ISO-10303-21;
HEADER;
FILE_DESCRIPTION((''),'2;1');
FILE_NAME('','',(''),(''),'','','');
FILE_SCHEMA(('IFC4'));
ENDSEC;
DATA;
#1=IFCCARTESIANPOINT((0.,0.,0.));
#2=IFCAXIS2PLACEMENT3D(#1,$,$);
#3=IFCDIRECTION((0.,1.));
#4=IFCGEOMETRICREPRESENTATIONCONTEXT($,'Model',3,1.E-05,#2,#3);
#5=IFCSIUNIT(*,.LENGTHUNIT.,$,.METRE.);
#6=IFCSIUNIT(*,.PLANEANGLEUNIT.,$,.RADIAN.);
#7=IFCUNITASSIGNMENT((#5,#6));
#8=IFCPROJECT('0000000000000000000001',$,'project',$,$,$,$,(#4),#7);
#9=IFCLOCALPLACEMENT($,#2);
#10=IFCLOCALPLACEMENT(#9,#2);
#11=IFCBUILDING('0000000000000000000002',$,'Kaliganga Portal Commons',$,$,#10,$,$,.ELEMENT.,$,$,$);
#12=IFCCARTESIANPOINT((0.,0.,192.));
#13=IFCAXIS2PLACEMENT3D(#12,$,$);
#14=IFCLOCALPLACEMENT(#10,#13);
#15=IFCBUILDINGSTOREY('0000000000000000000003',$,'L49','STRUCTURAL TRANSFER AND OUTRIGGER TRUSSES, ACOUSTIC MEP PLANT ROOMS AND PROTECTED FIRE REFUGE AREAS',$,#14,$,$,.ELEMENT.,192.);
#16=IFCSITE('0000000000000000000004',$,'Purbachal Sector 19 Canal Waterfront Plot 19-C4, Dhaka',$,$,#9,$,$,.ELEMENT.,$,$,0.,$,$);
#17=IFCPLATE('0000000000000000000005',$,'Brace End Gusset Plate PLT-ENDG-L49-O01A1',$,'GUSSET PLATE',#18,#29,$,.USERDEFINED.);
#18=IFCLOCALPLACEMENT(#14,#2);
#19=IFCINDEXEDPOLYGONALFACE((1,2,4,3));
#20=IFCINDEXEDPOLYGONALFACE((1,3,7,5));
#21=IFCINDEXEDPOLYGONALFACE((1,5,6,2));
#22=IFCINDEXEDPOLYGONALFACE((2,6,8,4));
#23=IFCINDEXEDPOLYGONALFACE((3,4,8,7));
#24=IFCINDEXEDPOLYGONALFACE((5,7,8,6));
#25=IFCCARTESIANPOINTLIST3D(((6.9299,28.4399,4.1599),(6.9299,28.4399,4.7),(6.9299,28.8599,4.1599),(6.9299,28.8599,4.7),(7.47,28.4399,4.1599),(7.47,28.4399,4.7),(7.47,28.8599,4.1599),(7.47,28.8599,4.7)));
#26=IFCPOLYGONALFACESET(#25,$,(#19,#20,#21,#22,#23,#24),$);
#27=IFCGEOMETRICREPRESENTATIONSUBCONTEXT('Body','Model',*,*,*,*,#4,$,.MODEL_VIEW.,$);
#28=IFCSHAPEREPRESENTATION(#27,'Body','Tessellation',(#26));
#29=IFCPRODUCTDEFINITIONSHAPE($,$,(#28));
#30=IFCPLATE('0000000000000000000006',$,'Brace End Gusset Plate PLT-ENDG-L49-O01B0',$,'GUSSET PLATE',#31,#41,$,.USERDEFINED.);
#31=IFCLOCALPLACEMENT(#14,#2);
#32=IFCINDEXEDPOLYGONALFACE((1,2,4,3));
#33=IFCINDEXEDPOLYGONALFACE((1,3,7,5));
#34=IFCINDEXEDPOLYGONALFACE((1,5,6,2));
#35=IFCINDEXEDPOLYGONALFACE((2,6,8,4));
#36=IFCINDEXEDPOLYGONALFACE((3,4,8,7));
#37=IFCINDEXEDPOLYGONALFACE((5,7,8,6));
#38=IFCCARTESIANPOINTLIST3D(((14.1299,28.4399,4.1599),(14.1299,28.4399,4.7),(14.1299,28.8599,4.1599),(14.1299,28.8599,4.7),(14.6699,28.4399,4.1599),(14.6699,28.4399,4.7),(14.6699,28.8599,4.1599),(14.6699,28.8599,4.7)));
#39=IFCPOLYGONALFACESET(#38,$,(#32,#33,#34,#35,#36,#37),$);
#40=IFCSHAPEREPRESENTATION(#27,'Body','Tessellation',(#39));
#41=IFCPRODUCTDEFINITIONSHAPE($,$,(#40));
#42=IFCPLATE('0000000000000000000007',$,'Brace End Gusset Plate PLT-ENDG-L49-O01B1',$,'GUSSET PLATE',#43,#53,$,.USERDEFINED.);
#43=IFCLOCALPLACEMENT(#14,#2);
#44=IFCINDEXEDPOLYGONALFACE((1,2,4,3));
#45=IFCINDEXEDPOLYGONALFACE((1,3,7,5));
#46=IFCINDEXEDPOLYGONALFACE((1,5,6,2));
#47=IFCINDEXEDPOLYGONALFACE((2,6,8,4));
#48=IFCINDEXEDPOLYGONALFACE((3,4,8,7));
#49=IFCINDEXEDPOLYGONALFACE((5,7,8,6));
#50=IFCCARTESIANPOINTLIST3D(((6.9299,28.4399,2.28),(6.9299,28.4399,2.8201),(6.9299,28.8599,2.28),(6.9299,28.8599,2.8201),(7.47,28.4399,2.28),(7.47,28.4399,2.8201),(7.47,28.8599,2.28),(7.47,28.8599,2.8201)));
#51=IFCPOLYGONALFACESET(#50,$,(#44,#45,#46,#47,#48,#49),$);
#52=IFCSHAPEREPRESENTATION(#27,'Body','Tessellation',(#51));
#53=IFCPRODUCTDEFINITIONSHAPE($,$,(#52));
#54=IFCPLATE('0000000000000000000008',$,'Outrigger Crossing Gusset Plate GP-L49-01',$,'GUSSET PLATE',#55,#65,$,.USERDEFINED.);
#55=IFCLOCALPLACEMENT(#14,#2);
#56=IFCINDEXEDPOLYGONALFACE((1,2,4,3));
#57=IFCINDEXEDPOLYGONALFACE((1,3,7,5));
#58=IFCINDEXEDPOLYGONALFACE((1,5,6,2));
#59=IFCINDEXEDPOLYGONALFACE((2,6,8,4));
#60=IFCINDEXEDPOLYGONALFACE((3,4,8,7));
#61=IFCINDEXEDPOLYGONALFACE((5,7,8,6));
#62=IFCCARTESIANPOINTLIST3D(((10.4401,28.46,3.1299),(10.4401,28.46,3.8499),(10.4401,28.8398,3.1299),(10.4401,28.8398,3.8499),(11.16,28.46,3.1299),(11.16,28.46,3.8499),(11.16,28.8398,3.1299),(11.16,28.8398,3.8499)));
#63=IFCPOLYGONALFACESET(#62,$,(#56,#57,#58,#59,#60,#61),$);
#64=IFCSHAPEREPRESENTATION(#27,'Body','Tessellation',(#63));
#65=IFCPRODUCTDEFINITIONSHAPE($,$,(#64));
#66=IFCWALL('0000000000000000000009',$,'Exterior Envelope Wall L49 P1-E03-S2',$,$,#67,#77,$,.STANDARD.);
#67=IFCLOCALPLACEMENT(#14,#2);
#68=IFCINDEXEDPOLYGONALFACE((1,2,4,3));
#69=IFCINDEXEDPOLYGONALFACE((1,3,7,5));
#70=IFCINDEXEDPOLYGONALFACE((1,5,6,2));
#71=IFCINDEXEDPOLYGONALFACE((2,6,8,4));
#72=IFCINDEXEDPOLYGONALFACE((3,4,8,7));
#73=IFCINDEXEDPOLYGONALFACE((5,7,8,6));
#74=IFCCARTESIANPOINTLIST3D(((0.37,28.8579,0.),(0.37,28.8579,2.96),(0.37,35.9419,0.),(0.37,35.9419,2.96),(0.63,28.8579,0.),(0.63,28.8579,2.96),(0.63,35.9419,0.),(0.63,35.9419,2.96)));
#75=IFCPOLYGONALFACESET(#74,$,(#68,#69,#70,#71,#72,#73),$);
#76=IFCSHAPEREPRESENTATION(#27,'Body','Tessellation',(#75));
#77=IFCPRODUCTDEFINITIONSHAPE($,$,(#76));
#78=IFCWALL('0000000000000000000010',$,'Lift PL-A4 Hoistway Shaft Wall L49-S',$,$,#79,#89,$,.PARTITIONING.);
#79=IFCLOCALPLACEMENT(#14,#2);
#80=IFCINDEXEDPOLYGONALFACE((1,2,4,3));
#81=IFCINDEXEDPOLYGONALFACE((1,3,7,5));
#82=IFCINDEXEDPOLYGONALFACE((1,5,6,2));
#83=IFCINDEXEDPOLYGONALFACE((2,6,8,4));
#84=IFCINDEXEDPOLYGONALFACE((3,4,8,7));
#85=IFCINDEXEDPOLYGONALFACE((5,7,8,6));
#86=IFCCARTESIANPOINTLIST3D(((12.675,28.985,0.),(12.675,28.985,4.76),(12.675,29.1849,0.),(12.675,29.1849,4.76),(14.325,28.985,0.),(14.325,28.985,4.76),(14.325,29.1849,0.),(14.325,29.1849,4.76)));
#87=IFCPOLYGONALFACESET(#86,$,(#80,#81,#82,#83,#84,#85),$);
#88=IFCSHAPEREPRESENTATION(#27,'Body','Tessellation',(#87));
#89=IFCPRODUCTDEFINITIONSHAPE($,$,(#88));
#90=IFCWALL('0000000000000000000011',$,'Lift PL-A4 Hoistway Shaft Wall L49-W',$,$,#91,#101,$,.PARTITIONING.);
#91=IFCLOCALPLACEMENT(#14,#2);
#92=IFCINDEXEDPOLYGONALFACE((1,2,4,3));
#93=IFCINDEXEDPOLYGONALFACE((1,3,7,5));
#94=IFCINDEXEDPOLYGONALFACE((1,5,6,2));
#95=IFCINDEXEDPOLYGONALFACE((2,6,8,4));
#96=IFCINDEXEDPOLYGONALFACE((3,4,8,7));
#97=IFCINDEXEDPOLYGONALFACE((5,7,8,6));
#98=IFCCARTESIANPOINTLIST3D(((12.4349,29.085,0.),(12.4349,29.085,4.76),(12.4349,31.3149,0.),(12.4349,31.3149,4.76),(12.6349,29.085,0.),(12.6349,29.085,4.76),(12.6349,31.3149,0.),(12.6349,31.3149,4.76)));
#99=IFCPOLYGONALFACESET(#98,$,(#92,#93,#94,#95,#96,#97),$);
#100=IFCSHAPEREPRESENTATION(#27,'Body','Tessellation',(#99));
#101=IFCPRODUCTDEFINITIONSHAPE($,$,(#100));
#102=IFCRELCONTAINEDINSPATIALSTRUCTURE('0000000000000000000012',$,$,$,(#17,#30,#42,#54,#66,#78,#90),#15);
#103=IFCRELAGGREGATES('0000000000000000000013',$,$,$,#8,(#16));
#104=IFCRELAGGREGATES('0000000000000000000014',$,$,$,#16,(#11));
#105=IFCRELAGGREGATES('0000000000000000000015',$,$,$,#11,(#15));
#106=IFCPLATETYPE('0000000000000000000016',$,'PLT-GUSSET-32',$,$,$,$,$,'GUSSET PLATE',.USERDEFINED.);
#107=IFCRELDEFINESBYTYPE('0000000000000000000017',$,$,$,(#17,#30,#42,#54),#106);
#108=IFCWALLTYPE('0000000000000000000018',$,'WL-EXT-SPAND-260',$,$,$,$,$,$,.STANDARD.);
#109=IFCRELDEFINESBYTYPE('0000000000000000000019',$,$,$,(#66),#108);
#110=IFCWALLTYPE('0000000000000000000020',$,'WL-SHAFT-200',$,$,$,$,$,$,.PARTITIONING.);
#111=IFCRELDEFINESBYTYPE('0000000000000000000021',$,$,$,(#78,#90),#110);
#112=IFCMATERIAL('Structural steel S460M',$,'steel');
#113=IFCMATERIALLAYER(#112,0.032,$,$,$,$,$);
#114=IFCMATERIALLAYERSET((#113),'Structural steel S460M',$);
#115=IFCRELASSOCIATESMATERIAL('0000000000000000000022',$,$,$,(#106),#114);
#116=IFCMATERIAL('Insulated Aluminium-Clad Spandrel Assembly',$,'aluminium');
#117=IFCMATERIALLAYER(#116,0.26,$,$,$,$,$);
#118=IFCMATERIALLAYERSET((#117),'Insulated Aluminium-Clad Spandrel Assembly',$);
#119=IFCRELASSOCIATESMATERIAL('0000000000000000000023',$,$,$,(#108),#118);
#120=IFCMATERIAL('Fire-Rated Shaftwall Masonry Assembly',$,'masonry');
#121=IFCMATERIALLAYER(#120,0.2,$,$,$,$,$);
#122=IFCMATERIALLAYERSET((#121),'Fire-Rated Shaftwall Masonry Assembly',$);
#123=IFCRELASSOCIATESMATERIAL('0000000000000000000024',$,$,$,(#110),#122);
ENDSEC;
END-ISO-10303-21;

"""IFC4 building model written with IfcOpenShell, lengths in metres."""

from ifc_helpers import new_model, si_unit, direction, frame, frame_2d, origin, origin_2d, place, context, subcontext, project, spatial, rectangle, extrude, source, transform, mapped, material, layer, layer_set, type_object, element, save


model = new_model("IFC4")

# Units and contexts
model_context = context("Model", 3, precision=1e-05, world=origin(), true_north=direction((0.0, 1.0)))
body_context = subcontext(model_context, "Body", "Model", "MODEL_VIEW")
ifc_project = project(units=[si_unit("LENGTHUNIT", "METRE"), si_unit("PLANEANGLEUNIT", "RADIAN")], contexts=[model_context])

# Site, building, storey
site_placement = place(None, origin())
site = spatial("IfcSite", under=ifc_project, at=site_placement, Name="Purbachal Sector 19 Canal Waterfront Plot 19-C4, Dhaka", CompositionType="ELEMENT", RefElevation=0.0)
building_placement = place(site_placement, origin())
building = spatial("IfcBuilding", under=site, at=building_placement, Name="Kaliganga Portal Commons", CompositionType="ELEMENT")
storey_placement = place(building_placement, frame((0.0, 0.0, 192.0)))
storey = spatial("IfcBuildingStorey", under=building, at=storey_placement, Name="L49", Description="STRUCTURAL TRANSFER AND OUTRIGGER TRUSSES, ACOUSTIC MEP PLANT ROOMS AND PROTECTED FIRE REFUGE AREAS", CompositionType="ELEMENT", Elevation=192.0)

# Shared definitions
ifc_material_1 = material(Name="Structural steel S460M", Category="steel")

# Plates
ifc_layer_1 = layer(ifc_material_1, 0.032)
ifc_layer_set_1 = layer_set([ifc_layer_1], Name="Structural steel S460M")
plate_type = type_object("IfcPlateType", Name="PLT-GUSSET-32", ElementType="GUSSET PLATE", PredefinedType="USERDEFINED", material=ifc_layer_set_1)
shared_shape_1 = source(origin(), body_context, "Body", "SweptSolid", [
    extrude(rectangle(XDim=0.54, YDim=0.4199, at=origin_2d()), origin(), (0.0, 0.0, 1.0), 0.54),
])
for number, where, z_axis, x_axis, name in (
    (1, (7.2, 28.6499, 4.1599), (0.0, 0.0, 1.0), (-1.0, 0.0, 0.0), "Brace End Gusset Plate PLT-ENDG-L49-O01A1"),
    (2, (14.3999, 28.6499, 4.1599), (0.0, 0.0, 1.0), (-1.0, 0.0, 0.0), "Brace End Gusset Plate PLT-ENDG-L49-O01B0"),
    (3, (7.2, 28.6499, 2.28), (0.0, 0.0, 1.0), (-1.0, 0.0, 0.0), "Brace End Gusset Plate PLT-ENDG-L49-O01B1"),
):
    element("IfcPlate", number, at=place(storey_placement, frame(where, z_axis=z_axis, x_axis=x_axis)), inside=storey, type_object=plate_type, Name=name, ObjectType="GUSSET PLATE", PredefinedType="USERDEFINED", context=body_context, shape_type="MappedRepresentation", body=[
        mapped(shared_shape_1, transform((0.0, 0.0, 0.0), x_axis=(1.0, 0.0, 0.0), y_axis=(0.0, 1.0, 0.0), z_axis=(0.0, 0.0, 1.0), scale=1.0)),
    ])
shared_shape_2 = source(origin(), body_context, "Body", "SweptSolid", [
    extrude(rectangle(XDim=0.72, YDim=0.3799, at=origin_2d()), origin(), (0.0, 0.0, 1.0), 0.72),
])
plate_placement = place(storey_placement, frame((10.8, 28.6499, 3.1299), z_axis=(0.0, 0.0, 1.0), x_axis=(-1.0, 0.0, 0.0)))
element("IfcPlate", 4, at=plate_placement, inside=storey, type_object=plate_type, Name="Outrigger Crossing Gusset Plate GP-L49-01", ObjectType="GUSSET PLATE", PredefinedType="USERDEFINED", context=body_context, shape_type="MappedRepresentation", body=[
    mapped(shared_shape_2, transform((0.0, 0.0, 0.0), x_axis=(1.0, 0.0, 0.0), y_axis=(0.0, 1.0, 0.0), z_axis=(0.0, 0.0, 1.0), scale=1.0)),
])

# Walls
ifc_material_2 = material(Name="Insulated Aluminium-Clad Spandrel Assembly", Category="aluminium")
ifc_layer_2 = layer(ifc_material_2, 0.26)
ifc_layer_set_2 = layer_set([ifc_layer_2], Name="Insulated Aluminium-Clad Spandrel Assembly")
wall_type_1 = type_object("IfcWallType", Name="WL-EXT-SPAND-260", PredefinedType="STANDARD", material=ifc_layer_set_2)
wall_1_placement = place(storey_placement, frame((0.5, 28.8579, 0.0), z_axis=(0.0, 0.0, 1.0), x_axis=(0.0, 1.0, 0.0)))
element("IfcWall", 5, at=wall_1_placement, inside=storey, type_object=wall_type_1, Name="Exterior Envelope Wall L49 P1-E03-S2", PredefinedType="STANDARD", context=body_context, shape_type="SweptSolid", body=[
    extrude(rectangle(XDim=7.084, YDim=0.26, at=frame_2d((3.542, 0.0))), origin(), (0.0, 0.0, 1.0), 2.96),
])
ifc_material_3 = material(Name="Fire-Rated Shaftwall Masonry Assembly", Category="masonry")
ifc_layer_3 = layer(ifc_material_3, 0.2)
ifc_layer_set_3 = layer_set([ifc_layer_3], Name="Fire-Rated Shaftwall Masonry Assembly")
wall_type_2 = type_object("IfcWallType", Name="WL-SHAFT-200", PredefinedType="PARTITIONING", material=ifc_layer_set_3)
wall_2_placement = place(storey_placement, frame((12.675, 29.085, 0.0), z_axis=(0.0, 0.0, 1.0), x_axis=(1.0, 0.0, 0.0)))
element("IfcWall", 6, at=wall_2_placement, inside=storey, type_object=wall_type_2, Name="Lift PL-A4 Hoistway Shaft Wall L49-S", PredefinedType="PARTITIONING", context=body_context, shape_type="SweptSolid", body=[
    extrude(rectangle(XDim=1.6499, YDim=0.2, at=frame_2d((0.825, 0.0))), origin(), (0.0, 0.0, 1.0), 4.76),
])
wall_3_placement = place(storey_placement, frame((12.5349, 29.085, 0.0), z_axis=(0.0, 0.0, 1.0), x_axis=(0.0, 1.0, 0.0)))
element("IfcWall", 7, at=wall_3_placement, inside=storey, type_object=wall_type_2, Name="Lift PL-A4 Hoistway Shaft Wall L49-W", PredefinedType="PARTITIONING", context=body_context, shape_type="SweptSolid", body=[
    extrude(rectangle(XDim=2.23, YDim=0.2, at=frame_2d((1.115, 0.0))), origin(), (0.0, 0.0, 1.0), 4.76),
])

save(model, "model.ifc")
